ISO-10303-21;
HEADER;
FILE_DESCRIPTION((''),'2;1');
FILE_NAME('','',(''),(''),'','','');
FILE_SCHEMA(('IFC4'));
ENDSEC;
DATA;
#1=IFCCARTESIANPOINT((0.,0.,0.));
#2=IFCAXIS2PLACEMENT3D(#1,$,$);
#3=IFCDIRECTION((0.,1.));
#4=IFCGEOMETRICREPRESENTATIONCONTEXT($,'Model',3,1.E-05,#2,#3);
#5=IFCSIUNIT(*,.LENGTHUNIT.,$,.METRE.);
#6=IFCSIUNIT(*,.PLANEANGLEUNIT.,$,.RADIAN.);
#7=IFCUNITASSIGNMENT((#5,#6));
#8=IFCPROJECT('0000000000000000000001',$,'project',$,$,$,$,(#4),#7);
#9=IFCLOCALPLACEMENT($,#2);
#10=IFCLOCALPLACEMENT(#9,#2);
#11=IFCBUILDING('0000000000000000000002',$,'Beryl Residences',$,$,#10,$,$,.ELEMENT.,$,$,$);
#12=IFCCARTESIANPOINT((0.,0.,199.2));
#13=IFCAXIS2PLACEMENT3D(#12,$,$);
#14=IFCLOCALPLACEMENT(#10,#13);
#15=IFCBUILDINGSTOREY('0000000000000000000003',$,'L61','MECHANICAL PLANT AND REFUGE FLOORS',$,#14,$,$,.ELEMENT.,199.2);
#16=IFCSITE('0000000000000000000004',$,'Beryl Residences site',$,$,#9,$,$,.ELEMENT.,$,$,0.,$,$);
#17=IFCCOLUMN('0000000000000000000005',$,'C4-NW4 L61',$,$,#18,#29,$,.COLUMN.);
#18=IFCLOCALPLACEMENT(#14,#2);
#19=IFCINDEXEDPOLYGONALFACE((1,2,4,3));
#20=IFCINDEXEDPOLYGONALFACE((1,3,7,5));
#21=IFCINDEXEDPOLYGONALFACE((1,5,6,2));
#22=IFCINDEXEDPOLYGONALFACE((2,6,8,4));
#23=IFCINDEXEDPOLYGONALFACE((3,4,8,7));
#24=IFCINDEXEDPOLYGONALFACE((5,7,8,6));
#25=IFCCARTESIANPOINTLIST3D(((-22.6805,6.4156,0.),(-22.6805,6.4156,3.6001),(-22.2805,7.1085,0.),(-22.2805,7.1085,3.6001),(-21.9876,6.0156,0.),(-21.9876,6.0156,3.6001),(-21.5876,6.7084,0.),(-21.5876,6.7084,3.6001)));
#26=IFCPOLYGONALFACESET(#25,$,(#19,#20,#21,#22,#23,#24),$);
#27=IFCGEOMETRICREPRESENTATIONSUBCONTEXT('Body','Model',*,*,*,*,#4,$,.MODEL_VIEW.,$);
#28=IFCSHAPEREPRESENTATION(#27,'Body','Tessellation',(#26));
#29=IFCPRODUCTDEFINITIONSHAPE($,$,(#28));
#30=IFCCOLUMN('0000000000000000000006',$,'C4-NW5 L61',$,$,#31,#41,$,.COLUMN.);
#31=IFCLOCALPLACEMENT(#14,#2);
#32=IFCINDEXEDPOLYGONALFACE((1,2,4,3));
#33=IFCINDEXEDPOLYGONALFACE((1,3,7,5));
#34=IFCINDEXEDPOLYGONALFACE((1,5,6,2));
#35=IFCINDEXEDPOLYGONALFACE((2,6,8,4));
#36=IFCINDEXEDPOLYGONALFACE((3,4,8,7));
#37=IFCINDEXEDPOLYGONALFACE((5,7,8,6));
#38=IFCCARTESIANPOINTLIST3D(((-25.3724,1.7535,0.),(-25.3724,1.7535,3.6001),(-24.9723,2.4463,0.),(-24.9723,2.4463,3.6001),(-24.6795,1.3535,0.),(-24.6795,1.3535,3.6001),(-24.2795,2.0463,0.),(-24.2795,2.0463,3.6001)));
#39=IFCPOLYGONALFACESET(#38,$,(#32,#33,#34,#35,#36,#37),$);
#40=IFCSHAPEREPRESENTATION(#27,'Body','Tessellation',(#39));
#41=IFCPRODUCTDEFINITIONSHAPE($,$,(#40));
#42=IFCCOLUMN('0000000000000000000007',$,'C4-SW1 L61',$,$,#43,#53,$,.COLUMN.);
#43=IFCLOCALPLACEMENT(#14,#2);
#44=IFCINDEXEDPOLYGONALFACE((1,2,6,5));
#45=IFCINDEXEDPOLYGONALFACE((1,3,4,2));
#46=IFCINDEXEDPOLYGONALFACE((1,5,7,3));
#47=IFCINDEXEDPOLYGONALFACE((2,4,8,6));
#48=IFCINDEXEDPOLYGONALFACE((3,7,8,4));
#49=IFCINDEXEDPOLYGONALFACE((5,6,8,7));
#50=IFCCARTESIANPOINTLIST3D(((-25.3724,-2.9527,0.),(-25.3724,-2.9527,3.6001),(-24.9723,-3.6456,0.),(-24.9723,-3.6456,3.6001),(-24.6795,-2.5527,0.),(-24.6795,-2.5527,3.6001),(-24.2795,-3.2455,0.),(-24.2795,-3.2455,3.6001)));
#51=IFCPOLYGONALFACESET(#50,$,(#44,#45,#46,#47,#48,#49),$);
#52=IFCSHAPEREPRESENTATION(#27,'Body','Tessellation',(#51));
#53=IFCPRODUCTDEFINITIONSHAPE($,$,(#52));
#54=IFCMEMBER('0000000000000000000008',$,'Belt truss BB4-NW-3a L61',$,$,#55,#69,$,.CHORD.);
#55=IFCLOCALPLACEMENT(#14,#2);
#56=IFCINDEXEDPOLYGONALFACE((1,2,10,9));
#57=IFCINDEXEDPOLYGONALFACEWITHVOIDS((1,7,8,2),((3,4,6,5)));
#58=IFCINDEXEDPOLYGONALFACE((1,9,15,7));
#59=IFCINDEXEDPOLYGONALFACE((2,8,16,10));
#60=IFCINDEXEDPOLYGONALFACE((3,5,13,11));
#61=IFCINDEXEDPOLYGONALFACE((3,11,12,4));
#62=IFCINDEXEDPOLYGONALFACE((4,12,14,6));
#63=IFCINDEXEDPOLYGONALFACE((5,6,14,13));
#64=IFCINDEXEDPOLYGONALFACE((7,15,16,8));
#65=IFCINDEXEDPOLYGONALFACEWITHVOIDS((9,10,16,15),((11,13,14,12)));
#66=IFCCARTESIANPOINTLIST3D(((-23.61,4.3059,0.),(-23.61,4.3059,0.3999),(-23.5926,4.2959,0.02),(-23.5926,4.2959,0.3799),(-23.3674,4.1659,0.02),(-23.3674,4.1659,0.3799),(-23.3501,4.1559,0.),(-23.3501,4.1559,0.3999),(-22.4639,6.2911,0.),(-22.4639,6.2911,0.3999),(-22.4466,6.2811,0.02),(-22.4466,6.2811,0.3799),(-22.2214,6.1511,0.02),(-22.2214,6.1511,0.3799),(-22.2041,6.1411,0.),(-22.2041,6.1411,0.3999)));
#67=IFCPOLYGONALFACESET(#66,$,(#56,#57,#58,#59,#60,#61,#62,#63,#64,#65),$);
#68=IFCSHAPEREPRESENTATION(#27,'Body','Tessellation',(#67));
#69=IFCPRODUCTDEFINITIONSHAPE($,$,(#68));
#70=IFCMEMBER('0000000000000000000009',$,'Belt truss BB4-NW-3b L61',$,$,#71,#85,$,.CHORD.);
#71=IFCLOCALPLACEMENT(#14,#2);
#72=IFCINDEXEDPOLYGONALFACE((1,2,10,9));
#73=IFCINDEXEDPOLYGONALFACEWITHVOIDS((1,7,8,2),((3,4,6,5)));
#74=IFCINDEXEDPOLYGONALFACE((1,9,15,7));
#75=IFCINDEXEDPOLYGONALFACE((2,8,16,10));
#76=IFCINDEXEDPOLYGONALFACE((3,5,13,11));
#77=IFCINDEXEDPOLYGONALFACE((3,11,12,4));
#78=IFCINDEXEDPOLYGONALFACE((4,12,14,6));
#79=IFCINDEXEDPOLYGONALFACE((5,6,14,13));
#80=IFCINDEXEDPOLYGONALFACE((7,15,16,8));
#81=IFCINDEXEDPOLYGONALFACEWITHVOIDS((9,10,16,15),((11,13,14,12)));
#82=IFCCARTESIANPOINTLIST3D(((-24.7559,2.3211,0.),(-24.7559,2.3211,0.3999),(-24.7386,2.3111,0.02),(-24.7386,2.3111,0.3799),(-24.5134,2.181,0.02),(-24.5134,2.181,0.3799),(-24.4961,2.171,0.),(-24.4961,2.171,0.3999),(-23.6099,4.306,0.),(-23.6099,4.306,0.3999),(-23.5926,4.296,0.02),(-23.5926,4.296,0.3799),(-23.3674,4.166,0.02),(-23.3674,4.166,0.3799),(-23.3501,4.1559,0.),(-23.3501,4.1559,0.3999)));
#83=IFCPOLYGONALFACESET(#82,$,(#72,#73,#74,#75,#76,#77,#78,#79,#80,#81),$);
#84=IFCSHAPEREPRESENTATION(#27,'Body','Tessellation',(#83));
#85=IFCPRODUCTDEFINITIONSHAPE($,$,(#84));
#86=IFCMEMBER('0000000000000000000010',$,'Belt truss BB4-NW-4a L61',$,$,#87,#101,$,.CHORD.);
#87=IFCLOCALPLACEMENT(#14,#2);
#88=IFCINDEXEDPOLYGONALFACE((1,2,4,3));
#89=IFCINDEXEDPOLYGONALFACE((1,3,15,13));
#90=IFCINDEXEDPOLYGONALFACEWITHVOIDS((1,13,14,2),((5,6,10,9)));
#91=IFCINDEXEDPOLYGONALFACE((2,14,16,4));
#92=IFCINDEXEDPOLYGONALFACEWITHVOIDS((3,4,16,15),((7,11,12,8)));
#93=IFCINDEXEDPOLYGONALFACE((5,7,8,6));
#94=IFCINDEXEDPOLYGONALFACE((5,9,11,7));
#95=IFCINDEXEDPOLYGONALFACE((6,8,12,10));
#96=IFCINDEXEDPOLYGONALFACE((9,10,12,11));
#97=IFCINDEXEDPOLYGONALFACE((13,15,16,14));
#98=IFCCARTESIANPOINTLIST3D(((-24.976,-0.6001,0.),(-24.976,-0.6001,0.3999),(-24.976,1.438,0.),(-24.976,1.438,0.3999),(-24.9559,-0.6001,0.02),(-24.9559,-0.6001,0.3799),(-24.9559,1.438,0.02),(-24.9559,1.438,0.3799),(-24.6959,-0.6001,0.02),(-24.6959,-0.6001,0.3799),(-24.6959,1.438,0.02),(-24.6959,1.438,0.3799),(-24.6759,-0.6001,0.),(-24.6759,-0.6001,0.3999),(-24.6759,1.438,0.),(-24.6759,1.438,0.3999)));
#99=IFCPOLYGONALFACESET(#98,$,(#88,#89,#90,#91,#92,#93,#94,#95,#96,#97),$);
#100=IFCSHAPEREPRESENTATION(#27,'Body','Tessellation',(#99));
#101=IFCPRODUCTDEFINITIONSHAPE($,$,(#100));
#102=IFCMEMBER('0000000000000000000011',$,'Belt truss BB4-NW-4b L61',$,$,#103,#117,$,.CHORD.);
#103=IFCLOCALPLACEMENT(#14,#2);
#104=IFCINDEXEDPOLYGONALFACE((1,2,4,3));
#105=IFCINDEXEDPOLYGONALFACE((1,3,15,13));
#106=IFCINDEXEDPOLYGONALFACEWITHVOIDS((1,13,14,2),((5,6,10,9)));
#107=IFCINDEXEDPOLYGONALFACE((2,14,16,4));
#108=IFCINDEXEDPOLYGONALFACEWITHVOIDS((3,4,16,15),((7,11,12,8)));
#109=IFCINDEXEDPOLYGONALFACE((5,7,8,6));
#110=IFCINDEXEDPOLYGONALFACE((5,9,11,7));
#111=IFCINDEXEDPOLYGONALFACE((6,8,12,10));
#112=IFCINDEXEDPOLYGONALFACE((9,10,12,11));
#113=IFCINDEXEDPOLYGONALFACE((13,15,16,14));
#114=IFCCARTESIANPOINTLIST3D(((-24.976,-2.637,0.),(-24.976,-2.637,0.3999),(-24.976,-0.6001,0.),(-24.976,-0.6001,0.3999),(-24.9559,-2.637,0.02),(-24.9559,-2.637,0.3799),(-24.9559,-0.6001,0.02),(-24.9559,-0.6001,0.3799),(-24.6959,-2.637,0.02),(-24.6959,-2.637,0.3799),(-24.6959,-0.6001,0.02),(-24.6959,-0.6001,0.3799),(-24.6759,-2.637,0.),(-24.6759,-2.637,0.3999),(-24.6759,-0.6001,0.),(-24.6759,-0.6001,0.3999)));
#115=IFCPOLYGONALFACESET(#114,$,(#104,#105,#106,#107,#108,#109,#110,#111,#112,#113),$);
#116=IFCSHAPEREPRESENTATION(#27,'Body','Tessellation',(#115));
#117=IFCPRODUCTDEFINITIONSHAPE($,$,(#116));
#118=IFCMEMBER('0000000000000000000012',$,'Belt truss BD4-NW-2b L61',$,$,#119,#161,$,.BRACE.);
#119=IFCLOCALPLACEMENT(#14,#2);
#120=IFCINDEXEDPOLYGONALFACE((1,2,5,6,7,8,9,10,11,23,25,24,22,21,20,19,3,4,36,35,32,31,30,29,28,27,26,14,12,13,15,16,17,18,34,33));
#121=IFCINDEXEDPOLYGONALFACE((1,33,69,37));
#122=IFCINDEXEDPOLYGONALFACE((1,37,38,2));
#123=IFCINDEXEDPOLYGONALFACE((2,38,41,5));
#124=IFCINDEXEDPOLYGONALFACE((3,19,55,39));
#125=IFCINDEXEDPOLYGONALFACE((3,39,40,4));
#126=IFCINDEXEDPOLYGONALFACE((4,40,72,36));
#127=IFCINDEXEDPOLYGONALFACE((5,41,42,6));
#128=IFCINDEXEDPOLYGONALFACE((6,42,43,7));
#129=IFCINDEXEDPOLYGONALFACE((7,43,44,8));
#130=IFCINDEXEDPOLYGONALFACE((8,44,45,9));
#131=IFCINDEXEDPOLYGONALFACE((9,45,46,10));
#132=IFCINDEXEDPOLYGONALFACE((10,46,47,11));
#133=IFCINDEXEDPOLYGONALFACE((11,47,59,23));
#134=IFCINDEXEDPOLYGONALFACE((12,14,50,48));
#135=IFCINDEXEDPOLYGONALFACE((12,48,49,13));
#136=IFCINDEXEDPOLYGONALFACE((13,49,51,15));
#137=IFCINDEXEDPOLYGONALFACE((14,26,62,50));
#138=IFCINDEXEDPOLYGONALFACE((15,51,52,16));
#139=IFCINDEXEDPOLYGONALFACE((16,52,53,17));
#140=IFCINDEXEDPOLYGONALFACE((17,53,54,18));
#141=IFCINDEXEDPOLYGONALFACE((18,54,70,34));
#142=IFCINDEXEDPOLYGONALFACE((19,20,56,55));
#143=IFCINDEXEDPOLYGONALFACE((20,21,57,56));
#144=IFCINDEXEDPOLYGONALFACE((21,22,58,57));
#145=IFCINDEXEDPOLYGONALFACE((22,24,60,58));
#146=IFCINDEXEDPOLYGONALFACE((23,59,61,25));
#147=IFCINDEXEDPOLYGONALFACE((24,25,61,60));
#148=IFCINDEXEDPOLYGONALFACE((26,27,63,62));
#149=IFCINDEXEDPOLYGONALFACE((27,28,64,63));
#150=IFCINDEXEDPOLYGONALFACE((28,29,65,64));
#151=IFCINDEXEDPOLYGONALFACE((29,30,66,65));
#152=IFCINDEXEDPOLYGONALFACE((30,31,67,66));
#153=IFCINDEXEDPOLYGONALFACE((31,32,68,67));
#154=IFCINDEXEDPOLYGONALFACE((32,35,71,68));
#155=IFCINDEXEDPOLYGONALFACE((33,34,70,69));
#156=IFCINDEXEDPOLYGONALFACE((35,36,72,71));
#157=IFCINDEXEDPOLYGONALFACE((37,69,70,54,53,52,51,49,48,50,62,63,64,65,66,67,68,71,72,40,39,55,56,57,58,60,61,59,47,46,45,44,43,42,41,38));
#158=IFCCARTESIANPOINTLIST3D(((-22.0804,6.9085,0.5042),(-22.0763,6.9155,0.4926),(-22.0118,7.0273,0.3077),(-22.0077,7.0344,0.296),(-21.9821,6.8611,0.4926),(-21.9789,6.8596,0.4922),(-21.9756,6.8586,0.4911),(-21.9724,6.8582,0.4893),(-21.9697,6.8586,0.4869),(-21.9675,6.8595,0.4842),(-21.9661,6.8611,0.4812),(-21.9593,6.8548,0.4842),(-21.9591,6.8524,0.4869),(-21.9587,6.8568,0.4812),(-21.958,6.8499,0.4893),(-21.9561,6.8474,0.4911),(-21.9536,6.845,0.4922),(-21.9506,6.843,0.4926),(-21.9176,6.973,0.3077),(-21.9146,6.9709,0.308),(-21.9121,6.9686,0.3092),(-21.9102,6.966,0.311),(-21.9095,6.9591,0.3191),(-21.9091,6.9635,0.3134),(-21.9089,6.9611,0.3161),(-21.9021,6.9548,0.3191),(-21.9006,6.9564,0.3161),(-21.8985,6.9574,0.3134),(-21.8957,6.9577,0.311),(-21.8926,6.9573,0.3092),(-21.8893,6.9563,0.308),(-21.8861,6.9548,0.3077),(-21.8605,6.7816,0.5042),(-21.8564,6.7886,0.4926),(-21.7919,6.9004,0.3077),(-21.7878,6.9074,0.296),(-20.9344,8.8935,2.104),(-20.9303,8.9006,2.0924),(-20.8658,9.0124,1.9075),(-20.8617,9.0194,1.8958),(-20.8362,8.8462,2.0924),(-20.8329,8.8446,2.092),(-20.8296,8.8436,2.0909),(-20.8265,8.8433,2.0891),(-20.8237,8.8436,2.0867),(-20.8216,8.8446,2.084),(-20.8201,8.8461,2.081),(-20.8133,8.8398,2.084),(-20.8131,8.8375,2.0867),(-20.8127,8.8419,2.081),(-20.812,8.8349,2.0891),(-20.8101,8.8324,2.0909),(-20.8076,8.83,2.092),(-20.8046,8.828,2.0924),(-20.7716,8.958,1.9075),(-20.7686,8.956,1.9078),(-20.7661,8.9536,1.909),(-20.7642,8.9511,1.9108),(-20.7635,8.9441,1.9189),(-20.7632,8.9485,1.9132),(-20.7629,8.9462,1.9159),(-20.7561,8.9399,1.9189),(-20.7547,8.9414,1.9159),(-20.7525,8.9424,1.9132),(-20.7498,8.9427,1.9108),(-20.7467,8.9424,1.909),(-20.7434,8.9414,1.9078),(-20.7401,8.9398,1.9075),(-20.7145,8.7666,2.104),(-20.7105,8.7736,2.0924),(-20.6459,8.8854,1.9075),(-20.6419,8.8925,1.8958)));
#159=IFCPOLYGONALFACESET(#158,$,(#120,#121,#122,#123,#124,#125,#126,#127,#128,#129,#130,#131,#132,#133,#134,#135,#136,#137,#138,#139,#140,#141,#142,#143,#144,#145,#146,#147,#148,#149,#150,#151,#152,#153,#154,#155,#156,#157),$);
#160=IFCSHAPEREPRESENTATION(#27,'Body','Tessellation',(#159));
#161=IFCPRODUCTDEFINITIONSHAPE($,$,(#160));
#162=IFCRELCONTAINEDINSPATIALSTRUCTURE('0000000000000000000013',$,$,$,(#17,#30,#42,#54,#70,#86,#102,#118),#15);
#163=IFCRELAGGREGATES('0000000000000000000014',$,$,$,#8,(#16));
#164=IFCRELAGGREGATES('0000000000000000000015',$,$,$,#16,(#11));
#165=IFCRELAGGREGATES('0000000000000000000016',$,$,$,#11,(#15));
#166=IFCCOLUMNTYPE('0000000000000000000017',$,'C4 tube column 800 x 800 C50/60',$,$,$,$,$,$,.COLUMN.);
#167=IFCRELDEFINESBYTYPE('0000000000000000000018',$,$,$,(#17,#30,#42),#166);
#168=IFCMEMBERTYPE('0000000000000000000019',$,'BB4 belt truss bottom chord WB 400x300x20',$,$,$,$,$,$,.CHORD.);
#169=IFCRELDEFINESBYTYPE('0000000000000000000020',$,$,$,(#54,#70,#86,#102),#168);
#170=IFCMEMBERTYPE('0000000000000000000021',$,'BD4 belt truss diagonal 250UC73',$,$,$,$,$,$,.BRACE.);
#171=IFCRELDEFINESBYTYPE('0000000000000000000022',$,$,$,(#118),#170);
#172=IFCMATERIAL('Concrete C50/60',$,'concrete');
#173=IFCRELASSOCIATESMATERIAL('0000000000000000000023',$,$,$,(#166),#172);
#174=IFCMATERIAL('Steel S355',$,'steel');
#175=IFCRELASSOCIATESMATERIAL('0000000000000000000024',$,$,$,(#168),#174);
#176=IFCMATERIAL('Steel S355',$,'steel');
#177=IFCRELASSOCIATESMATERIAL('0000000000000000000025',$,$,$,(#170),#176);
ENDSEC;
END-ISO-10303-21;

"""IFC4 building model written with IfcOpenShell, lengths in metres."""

from ifc_helpers import new_model, si_unit, direction, frame, origin, origin_2d, place, context, subcontext, project, spatial, rectangle, hollow_rectangle, i_section, extrude, material, material_profile, profile_set, type_object, element, save


model = new_model("IFC4")

# Units and contexts
model_context = context("Model", 3, precision=1e-05, world=origin(), true_north=direction((0.0, 1.0)))
body_context = subcontext(model_context, "Body", "Model", "MODEL_VIEW")
ifc_project = project(units=[si_unit("LENGTHUNIT", "METRE"), si_unit("PLANEANGLEUNIT", "RADIAN")], contexts=[model_context])

# Site, building, storey
site_placement = place(None, origin())
site = spatial("IfcSite", under=ifc_project, at=site_placement, Name="Beryl Residences site", CompositionType="ELEMENT", RefElevation=0.0)
building_placement = place(site_placement, origin())
building = spatial("IfcBuilding", under=site, at=building_placement, Name="Beryl Residences", CompositionType="ELEMENT")
storey_placement = place(building_placement, frame((0.0, 0.0, 199.2)))
storey = spatial("IfcBuildingStorey", under=building, at=storey_placement, Name="L61", Description="MECHANICAL PLANT AND REFUGE FLOORS", CompositionType="ELEMENT", Elevation=199.2)

# Columns
ifc_material_1 = material(Name="Concrete C50/60", Category="concrete")
ifc_material_profile_1 = material_profile(ifc_material_1, rectangle(XDim=0.8, YDim=0.8, at=origin_2d()))
ifc_profile_set_1 = profile_set([ifc_material_profile_1], Name="Concrete C50/60")
column_type = type_object("IfcColumnType", Name="C4 tube column 800 x 800 C50/60", PredefinedType="COLUMN", material=ifc_profile_set_1)
for number, where, z_axis, x_axis, name in (
    (1, (-22.134, 6.562, 0.0), (0.0, 0.0, 1.0), (-0.5, -0.866025, 0.0), "C4-NW4 L61"),
    (2, (-24.8259, 1.8999, 0.0), (0.0, 0.0, 1.0), (-0.5, -0.866025, 0.0), "C4-NW5 L61"),
    (3, (-24.8259, -3.0991, 0.0), (0.0, 0.0, 1.0), (0.5, -0.866025, 0.0), "C4-SW1 L61"),
):
    element("IfcColumn", number, at=place(storey_placement, frame(where, z_axis=z_axis, x_axis=x_axis)), inside=storey, type_object=column_type, Name=name, PredefinedType="COLUMN", context=body_context, shape_type="SweptSolid", body=[
        extrude(rectangle(XDim=0.8, YDim=0.8, at=origin_2d()), origin(), (0.0, 0.0, 1.0), 3.6001),
    ])

# Members
ifc_material_2 = material(Name="Steel S355", Category="steel")
ifc_material_profile_2 = material_profile(ifc_material_2, hollow_rectangle(XDim=0.3, YDim=0.3999, WallThickness=0.02, at=origin_2d()))
ifc_profile_set_2 = profile_set([ifc_material_profile_2], Name="Steel S355")
member_type_1 = type_object("IfcMemberType", Name="BB4 belt truss bottom chord WB 400x300x20", PredefinedType="CHORD", material=ifc_profile_set_2)
member_1_placement = place(storey_placement, frame((-22.334, 6.2161, 0.2), z_axis=(-0.499965, -0.866045, 0.0), x_axis=(0.866045, -0.499965, 0.0)))
element("IfcMember", 4, at=member_1_placement, inside=storey, type_object=member_type_1, Name="Belt truss BB4-NW-3a L61", PredefinedType="CHORD", context=body_context, shape_type="SweptSolid", body=[
    extrude(hollow_rectangle(XDim=0.3, YDim=0.3999, WallThickness=0.02, at=origin_2d()), origin(), (0.0, 0.0, 1.0), 2.2922),
])
member_2_placement = place(storey_placement, frame((-23.48, 4.231, 0.2), z_axis=(-0.500011, -0.866019, 0.0), x_axis=(0.866019, -0.500011, 0.0)))
element("IfcMember", 5, at=member_2_placement, inside=storey, type_object=member_type_1, Name="Belt truss BB4-NW-3b L61", PredefinedType="CHORD", context=body_context, shape_type="SweptSolid", body=[
    extrude(hollow_rectangle(XDim=0.3, YDim=0.3999, WallThickness=0.02, at=origin_2d()), origin(), (0.0, 0.0, 1.0), 2.292),
])
member_3_placement = place(storey_placement, frame((-24.8259, 1.438, 0.2), z_axis=(0.0, -1.0, 0.0), x_axis=(1.0, 0.0, 0.0)))
element("IfcMember", 6, at=member_3_placement, inside=storey, type_object=member_type_1, Name="Belt truss BB4-NW-4a L61", PredefinedType="CHORD", context=body_context, shape_type="SweptSolid", body=[
    extrude(hollow_rectangle(XDim=0.3, YDim=0.3999, WallThickness=0.02, at=origin_2d()), origin(), (0.0, 0.0, 1.0), 2.0381),
])
member_4_placement = place(storey_placement, frame((-24.8259, -0.6001, 0.2), z_axis=(0.0, -1.0, 0.0), x_axis=(1.0, 0.0, 0.0)))
element("IfcMember", 7, at=member_4_placement, inside=storey, type_object=member_type_1, Name="Belt truss BB4-NW-4b L61", PredefinedType="CHORD", context=body_context, shape_type="SweptSolid", body=[
    extrude(hollow_rectangle(XDim=0.3, YDim=0.3999, WallThickness=0.02, at=origin_2d()), origin(), (0.0, 0.0, 1.0), 2.0369),
])
ifc_material_3 = material(Name="Steel S355", Category="steel")
ifc_material_profile_3 = material_profile(ifc_material_3, i_section(OverallWidth=0.2539, OverallDepth=0.2539, WebThickness=0.0085, FlangeThickness=0.0142, FilletRadius=0.0139, at=origin_2d()))
ifc_profile_set_3 = profile_set([ifc_material_profile_3], Name="Steel S355")
member_type_2 = type_object("IfcMemberType", Name="BD4 belt truss diagonal 250UC73", PredefinedType="BRACE", material=ifc_profile_set_3)
for number, where, z_axis, x_axis, name in (
    (8, (-21.9341, 6.908, 0.4001), (0.409978, 0.710169, 0.572345), (-0.866045, 0.499965, 0.0), "Belt truss BD4-NW-2b L61"),
):
    element("IfcMember", number, at=place(storey_placement, frame(where, z_axis=z_axis, x_axis=x_axis)), inside=storey, type_object=member_type_2, Name=name, PredefinedType="BRACE", context=body_context, shape_type="SweptSolid", body=[
        extrude(i_section(OverallWidth=0.2539, OverallDepth=0.2539, WebThickness=0.0085, FlangeThickness=0.0142, FilletRadius=0.0139, at=origin_2d()), origin(), (0.0, 0.0, 1.0), 2.7952),
    ])

save(model, "model.ifc")
